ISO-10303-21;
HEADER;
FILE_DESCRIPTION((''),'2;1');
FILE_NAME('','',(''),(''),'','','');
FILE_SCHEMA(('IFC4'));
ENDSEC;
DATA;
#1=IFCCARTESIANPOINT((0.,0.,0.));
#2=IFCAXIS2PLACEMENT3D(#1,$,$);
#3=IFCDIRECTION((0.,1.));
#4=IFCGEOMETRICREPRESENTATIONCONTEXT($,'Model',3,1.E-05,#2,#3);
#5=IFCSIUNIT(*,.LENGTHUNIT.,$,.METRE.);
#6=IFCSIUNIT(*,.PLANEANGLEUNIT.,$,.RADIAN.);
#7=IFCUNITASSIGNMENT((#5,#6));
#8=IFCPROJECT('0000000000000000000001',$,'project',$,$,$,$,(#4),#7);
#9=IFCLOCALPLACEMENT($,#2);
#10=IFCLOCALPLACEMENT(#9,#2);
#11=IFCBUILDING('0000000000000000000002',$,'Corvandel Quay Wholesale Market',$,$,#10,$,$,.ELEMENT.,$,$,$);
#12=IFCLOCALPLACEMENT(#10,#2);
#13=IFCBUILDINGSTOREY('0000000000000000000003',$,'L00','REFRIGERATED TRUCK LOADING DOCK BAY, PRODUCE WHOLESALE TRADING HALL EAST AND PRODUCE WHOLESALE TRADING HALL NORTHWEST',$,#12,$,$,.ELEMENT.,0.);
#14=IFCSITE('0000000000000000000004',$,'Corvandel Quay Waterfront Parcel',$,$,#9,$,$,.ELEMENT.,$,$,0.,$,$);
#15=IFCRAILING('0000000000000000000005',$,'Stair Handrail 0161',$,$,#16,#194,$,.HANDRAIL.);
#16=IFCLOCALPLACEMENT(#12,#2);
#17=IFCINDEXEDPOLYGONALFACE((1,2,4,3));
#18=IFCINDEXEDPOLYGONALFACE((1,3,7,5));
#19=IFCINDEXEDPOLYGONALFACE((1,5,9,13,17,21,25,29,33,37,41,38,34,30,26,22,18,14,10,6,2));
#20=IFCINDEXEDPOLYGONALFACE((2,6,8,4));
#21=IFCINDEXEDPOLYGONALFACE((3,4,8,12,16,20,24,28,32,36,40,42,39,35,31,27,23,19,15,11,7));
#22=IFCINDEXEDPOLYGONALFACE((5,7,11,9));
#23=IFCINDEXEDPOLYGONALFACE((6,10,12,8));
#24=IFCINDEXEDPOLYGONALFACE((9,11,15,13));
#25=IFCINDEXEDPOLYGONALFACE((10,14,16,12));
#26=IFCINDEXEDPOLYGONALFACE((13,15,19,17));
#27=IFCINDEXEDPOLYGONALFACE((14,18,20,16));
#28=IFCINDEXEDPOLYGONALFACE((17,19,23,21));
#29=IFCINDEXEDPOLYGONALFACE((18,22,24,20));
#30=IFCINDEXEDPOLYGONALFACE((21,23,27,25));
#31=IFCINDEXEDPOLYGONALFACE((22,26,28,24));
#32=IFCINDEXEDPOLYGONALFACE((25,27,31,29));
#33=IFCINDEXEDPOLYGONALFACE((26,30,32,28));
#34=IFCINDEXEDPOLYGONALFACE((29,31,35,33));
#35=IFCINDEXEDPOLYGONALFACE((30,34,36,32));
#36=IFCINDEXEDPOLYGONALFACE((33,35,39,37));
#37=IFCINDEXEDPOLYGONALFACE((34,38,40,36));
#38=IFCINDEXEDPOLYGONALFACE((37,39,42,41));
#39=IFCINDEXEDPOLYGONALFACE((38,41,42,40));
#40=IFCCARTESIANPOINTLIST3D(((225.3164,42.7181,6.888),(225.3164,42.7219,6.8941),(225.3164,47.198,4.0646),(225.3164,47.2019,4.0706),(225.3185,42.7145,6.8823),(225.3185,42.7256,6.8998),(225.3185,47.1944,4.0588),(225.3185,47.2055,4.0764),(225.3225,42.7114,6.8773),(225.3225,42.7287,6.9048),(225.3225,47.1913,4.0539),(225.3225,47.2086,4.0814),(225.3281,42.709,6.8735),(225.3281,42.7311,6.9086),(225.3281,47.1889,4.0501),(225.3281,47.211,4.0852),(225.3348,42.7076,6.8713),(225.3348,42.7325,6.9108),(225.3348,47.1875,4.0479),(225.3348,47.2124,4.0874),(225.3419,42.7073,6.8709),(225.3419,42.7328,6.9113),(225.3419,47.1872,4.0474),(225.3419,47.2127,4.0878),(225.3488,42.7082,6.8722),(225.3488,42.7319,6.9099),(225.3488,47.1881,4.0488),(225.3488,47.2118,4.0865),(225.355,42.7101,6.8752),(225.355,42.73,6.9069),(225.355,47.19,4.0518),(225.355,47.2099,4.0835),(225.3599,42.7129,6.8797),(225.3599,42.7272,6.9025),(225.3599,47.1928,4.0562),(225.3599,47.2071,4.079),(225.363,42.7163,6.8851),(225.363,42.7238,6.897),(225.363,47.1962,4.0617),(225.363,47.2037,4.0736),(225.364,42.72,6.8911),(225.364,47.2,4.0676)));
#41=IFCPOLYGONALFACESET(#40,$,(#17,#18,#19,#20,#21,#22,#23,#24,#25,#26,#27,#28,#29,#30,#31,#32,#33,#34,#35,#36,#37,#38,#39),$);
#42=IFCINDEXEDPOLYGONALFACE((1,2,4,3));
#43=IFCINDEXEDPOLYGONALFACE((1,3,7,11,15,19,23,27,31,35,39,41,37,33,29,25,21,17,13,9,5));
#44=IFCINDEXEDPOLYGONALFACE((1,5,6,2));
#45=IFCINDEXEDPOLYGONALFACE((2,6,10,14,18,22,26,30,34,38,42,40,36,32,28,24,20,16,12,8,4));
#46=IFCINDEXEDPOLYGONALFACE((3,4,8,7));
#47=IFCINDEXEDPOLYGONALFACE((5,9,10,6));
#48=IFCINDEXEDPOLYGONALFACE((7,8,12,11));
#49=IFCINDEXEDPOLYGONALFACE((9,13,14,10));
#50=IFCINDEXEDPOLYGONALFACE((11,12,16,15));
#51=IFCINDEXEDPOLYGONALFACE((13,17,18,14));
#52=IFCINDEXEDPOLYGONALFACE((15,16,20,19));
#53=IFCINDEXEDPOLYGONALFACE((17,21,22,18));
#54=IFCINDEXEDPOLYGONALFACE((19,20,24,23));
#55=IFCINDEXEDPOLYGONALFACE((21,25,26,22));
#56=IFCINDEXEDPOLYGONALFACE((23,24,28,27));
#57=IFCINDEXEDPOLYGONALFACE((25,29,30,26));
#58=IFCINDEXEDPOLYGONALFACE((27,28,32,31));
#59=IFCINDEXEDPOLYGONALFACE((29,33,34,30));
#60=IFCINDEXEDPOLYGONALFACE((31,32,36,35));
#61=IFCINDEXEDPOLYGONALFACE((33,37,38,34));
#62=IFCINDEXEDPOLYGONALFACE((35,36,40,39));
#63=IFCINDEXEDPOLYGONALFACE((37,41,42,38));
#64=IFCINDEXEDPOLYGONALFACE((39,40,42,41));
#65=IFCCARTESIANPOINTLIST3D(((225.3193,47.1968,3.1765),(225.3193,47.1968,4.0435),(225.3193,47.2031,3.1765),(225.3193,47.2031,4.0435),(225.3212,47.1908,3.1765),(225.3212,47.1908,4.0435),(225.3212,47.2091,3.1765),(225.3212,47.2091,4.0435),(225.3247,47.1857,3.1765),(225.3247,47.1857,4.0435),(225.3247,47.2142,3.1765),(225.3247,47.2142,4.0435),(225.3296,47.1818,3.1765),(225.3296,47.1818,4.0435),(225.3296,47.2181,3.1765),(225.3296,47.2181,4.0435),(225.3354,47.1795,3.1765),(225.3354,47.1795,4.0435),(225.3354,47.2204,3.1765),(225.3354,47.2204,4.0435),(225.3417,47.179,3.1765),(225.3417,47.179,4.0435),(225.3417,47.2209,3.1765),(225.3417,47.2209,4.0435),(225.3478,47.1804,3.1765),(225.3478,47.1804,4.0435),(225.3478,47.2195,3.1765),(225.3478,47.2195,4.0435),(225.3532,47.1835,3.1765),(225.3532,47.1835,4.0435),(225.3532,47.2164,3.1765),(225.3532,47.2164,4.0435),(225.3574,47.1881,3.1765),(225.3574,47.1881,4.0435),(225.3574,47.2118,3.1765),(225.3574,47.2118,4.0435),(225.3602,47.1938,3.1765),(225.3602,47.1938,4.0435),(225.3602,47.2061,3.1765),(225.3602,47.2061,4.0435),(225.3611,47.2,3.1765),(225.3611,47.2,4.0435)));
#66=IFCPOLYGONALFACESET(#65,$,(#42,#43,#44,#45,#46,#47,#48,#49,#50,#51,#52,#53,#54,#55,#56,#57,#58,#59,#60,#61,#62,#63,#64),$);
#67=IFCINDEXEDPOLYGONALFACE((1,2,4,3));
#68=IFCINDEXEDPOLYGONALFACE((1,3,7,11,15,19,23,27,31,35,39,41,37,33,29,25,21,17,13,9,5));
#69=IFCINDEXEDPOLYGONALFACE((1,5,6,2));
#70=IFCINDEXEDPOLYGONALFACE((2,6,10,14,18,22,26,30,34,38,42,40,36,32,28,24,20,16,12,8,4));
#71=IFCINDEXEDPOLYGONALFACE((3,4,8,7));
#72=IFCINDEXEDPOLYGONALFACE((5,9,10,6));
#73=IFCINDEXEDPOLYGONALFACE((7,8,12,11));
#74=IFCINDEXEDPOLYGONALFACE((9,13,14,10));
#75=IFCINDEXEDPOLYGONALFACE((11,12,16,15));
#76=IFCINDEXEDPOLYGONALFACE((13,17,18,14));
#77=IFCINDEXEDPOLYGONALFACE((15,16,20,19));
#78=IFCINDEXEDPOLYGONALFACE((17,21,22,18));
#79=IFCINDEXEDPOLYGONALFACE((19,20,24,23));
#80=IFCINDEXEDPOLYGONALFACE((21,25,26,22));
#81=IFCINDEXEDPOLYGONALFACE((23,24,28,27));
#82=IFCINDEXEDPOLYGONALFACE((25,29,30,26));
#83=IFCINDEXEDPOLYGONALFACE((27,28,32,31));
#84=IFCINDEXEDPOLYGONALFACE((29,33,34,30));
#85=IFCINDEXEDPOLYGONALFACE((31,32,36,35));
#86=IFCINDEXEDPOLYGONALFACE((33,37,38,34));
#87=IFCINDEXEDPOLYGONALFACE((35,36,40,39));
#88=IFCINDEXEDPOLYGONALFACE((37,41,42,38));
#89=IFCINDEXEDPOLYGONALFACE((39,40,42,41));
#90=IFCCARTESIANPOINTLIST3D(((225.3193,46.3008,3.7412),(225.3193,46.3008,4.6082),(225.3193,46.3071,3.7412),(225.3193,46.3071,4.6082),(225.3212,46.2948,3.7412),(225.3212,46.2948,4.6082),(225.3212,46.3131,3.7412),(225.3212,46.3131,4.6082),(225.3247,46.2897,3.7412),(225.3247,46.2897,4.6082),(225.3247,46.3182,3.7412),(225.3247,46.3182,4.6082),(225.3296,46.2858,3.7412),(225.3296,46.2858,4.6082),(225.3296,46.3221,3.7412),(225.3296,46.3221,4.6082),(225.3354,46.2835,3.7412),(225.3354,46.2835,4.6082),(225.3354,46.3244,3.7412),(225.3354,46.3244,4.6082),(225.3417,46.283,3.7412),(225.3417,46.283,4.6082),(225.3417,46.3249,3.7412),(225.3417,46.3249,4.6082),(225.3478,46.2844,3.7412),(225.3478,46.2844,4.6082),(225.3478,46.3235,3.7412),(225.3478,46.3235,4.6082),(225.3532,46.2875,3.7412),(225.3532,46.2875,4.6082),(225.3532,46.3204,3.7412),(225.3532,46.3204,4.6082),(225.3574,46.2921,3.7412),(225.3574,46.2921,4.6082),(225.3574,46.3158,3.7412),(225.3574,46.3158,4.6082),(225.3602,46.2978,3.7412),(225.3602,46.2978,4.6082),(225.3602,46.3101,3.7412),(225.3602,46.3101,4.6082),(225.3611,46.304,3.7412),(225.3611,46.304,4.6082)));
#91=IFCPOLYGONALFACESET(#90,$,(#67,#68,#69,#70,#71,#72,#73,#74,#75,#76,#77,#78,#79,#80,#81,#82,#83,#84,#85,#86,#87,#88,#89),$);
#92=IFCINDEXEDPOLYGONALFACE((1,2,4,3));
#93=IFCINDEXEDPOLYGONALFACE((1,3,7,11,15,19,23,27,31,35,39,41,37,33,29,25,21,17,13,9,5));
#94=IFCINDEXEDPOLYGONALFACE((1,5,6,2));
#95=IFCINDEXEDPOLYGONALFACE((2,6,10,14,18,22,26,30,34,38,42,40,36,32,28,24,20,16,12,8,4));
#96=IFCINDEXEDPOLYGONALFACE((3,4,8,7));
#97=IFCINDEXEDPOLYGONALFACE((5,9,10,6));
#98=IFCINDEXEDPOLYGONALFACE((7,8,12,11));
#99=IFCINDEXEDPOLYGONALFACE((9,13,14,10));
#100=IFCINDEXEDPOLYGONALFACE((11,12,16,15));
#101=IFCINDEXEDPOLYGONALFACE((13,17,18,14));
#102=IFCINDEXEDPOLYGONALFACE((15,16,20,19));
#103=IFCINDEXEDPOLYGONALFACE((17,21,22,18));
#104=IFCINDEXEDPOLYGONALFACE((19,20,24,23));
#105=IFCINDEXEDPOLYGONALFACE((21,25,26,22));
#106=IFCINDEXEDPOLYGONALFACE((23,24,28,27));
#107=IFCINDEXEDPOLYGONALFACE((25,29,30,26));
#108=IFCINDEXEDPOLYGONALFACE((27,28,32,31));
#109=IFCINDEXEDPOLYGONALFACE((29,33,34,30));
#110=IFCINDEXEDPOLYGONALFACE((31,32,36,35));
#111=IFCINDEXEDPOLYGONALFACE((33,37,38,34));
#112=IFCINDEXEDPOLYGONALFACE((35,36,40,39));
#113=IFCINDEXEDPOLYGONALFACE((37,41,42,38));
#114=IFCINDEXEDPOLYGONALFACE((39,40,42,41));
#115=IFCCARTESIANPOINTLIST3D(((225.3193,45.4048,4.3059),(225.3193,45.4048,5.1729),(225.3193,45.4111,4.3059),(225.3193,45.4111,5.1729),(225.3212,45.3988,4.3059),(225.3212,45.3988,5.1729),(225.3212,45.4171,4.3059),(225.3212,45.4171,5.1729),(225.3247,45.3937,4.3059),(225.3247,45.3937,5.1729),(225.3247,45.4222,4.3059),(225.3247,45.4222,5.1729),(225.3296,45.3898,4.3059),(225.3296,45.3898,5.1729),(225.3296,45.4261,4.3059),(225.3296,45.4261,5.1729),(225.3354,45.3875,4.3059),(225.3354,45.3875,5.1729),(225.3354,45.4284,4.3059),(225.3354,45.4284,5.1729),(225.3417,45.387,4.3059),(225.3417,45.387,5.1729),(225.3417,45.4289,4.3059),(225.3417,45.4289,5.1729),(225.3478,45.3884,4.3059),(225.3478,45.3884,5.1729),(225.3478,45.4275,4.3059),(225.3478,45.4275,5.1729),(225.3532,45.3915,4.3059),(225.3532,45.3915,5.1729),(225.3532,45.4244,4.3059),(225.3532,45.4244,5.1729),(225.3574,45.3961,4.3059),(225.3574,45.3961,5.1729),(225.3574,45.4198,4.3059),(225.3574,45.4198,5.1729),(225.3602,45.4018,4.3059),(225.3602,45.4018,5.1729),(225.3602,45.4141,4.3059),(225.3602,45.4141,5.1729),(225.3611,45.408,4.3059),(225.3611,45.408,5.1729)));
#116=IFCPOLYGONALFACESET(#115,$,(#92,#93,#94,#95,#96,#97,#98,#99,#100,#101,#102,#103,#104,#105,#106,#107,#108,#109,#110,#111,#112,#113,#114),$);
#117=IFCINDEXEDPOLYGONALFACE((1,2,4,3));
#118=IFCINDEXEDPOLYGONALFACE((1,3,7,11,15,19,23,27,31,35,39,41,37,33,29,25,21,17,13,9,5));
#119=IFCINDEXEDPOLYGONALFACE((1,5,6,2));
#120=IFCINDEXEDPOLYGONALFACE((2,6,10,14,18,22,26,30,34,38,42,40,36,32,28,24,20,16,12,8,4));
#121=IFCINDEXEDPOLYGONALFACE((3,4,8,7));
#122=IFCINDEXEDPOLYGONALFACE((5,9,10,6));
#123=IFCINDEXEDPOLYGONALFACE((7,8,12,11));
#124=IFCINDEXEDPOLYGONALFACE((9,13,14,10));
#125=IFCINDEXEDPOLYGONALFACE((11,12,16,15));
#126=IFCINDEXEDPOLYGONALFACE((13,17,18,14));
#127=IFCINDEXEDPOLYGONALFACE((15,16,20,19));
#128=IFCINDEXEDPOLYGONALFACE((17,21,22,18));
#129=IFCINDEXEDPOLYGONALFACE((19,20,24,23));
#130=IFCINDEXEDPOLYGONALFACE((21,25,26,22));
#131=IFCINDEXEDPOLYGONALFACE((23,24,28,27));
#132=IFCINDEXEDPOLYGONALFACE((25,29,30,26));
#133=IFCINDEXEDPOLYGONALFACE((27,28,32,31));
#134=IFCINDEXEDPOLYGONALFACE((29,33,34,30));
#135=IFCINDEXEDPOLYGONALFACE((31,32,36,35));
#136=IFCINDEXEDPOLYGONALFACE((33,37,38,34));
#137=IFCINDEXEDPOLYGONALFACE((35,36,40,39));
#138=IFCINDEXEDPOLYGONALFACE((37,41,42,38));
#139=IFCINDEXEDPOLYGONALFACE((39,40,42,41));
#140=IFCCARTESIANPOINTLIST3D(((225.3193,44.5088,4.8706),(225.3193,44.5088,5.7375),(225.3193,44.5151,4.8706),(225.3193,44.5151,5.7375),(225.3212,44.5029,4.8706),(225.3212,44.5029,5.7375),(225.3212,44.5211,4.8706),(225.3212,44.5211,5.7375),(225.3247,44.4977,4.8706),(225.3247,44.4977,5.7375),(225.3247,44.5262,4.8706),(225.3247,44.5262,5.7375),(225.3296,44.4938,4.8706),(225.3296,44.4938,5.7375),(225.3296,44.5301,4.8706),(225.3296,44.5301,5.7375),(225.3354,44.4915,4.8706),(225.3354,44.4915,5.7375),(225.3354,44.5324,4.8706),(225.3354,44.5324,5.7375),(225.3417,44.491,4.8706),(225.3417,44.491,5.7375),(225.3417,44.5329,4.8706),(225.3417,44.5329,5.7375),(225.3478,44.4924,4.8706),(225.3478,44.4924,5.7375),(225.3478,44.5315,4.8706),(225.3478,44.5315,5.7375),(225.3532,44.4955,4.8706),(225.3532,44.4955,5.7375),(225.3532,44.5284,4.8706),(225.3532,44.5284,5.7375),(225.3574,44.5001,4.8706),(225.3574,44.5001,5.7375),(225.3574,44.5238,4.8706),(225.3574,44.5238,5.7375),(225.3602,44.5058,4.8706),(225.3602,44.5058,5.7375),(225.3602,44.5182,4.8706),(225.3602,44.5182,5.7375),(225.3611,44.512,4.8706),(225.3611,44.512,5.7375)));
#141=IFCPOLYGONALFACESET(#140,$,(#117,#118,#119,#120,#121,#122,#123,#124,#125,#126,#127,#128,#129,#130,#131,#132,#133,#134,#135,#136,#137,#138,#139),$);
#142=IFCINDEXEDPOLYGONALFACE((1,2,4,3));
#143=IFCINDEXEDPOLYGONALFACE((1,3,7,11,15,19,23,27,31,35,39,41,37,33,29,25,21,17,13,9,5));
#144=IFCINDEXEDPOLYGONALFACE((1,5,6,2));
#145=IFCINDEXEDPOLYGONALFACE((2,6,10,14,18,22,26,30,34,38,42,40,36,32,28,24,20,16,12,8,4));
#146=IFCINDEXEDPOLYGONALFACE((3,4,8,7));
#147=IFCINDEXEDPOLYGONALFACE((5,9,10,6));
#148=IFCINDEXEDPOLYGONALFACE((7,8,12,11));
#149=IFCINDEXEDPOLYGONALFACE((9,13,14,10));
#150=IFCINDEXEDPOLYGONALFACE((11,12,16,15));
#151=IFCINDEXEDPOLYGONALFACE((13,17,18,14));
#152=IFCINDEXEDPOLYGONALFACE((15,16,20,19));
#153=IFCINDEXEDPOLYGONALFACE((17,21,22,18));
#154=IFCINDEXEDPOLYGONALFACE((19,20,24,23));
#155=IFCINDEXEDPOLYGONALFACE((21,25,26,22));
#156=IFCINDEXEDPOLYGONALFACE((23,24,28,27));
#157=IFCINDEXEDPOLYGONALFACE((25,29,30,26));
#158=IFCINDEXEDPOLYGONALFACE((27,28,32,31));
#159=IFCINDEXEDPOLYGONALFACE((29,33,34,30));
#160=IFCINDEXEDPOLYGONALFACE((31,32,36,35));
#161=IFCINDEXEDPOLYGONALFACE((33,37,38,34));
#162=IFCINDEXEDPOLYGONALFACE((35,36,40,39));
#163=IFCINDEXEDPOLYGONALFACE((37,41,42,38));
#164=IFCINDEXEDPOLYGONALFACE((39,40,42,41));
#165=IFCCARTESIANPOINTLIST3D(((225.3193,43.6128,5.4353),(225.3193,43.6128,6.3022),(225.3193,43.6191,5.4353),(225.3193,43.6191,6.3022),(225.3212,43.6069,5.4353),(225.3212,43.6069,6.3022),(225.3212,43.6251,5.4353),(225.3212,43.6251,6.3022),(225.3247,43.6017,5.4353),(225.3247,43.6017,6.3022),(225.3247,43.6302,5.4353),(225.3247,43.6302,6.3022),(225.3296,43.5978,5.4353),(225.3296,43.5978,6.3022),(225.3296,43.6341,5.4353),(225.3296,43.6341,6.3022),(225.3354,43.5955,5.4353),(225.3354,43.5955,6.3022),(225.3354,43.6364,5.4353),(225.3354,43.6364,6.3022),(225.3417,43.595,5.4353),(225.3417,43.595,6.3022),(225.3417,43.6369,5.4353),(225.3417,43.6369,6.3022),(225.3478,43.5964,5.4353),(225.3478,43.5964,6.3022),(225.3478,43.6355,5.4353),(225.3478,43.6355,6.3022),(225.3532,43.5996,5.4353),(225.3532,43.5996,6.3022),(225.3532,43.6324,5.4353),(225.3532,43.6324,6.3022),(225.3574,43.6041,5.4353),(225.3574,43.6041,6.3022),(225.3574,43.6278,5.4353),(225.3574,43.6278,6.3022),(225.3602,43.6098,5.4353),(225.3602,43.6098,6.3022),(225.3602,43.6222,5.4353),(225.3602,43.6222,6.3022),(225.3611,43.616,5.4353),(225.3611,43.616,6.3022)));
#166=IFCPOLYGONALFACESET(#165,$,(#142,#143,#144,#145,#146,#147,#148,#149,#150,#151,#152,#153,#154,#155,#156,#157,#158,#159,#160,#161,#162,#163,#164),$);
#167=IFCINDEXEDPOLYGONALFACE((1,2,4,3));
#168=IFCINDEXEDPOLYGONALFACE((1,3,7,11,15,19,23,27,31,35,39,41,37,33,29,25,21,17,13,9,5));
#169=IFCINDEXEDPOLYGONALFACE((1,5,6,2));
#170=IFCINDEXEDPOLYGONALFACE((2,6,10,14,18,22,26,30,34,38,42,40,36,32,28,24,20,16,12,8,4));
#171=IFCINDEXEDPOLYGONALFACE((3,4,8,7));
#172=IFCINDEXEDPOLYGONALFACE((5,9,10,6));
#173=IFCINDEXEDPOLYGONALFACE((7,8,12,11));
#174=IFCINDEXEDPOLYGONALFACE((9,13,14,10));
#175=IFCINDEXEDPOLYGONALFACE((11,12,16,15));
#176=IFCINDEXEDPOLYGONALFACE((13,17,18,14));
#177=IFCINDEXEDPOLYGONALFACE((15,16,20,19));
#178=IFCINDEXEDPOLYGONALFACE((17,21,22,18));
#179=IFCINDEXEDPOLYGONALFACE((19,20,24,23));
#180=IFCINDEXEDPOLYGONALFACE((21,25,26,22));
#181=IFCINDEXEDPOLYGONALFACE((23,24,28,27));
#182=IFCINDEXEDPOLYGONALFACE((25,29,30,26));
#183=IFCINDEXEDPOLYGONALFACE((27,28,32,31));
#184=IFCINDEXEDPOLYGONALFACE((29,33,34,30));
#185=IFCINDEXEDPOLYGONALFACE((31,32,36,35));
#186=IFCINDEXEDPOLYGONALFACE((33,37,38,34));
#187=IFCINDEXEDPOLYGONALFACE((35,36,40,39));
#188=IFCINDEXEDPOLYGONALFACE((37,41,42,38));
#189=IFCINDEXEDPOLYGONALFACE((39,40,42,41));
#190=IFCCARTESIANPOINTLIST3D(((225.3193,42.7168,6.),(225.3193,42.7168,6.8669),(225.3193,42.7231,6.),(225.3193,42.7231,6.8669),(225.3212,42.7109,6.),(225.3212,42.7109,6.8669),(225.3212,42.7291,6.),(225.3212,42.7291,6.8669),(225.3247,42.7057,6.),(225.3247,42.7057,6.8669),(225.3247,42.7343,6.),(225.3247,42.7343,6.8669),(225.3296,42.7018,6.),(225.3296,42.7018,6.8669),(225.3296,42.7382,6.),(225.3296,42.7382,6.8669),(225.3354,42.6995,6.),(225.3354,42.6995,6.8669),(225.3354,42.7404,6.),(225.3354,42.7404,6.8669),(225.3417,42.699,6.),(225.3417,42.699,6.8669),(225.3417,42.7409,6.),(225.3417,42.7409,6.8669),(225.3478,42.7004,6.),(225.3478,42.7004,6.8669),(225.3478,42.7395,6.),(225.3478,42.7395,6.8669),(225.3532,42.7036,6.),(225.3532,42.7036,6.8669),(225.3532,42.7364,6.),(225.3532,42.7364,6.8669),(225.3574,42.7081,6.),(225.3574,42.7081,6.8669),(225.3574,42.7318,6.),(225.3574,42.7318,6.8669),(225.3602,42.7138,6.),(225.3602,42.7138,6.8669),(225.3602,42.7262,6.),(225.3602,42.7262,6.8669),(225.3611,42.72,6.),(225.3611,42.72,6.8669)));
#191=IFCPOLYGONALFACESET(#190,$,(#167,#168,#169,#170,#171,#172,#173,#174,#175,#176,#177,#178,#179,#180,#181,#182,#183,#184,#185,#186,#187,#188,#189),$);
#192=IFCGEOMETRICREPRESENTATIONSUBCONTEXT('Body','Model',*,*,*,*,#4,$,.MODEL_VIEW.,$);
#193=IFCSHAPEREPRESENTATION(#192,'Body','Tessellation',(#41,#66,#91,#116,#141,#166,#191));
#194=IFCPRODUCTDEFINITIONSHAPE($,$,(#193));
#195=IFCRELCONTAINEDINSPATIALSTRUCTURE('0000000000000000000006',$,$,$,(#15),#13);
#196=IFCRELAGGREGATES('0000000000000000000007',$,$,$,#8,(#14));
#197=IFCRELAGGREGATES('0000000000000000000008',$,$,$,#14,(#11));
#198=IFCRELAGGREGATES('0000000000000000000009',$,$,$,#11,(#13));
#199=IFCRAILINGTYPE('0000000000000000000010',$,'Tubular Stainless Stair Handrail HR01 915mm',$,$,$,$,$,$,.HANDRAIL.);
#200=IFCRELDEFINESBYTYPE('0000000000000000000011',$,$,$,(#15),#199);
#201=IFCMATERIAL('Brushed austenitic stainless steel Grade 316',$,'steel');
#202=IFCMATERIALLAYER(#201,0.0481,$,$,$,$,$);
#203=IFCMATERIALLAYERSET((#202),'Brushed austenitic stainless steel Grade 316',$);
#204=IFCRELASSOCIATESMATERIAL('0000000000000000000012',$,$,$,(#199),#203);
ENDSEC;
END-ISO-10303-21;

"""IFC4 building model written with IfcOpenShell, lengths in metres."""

from ifc_helpers import new_model, si_unit, direction, frame, origin, origin_2d, place, context, subcontext, project, spatial, circle, extrude, material, layer, layer_set, type_object, element, save


model = new_model("IFC4")

# Units and contexts
model_context = context("Model", 3, precision=1e-05, world=origin(), true_north=direction((0.0, 1.0)))
body_context = subcontext(model_context, "Body", "Model", "MODEL_VIEW")
ifc_project = project(units=[si_unit("LENGTHUNIT", "METRE"), si_unit("PLANEANGLEUNIT", "RADIAN")], contexts=[model_context])

# Site, building, storey
site_placement = place(None, origin())
site = spatial("IfcSite", under=ifc_project, at=site_placement, Name="Corvandel Quay Waterfront Parcel", CompositionType="ELEMENT", RefElevation=0.0)
building_placement = place(site_placement, origin())
building = spatial("IfcBuilding", under=site, at=building_placement, Name="Corvandel Quay Wholesale Market", CompositionType="ELEMENT")
storey_placement = place(building_placement, origin())
storey = spatial("IfcBuildingStorey", under=building, at=storey_placement, Name="L00", Description="REFRIGERATED TRUCK LOADING DOCK BAY, PRODUCE WHOLESALE TRADING HALL EAST AND PRODUCE WHOLESALE TRADING HALL NORTHWEST", CompositionType="ELEMENT", Elevation=0.0)

# Railing
ifc_material_1 = material(Name="Brushed austenitic stainless steel Grade 316", Category="steel")
ifc_layer_1 = layer(ifc_material_1, 0.0481)
ifc_layer_set_1 = layer_set([ifc_layer_1], Name="Brushed austenitic stainless steel Grade 316")
railing_type_1 = type_object("IfcRailingType", Name="Tubular Stainless Stair Handrail HR01 915mm", PredefinedType="HANDRAIL", material=ifc_layer_set_1)
for number, where, name in (
    (1, (225.3401, 47.2, 3.1765), "Stair Handrail 0161"),
):
    element("IfcRailing", number, at=place(storey_placement, frame(where)), inside=storey, type_object=railing_type_1, Name=name, PredefinedType="HANDRAIL", context=body_context, shape_type="SweptSolid", body=[
        extrude(circle(Radius=0.0239, at=origin_2d()), frame((0.0, 0.0, 0.8911), z_axis=(0.0, -0.845998, 0.533186), x_axis=(1.0, 0.0, 0.0)), (0.0, 0.0, 1.0), 5.2954),
        extrude(circle(Radius=0.021, at=origin_2d()), origin(), (0.0, 0.0, 1.0), 0.8669),
        extrude(circle(Radius=0.021, at=origin_2d()), frame((0.0, -0.896, 0.5647)), (0.0, 0.0, 1.0), 0.8669),
        extrude(circle(Radius=0.021, at=origin_2d()), frame((0.0, -1.792, 1.1294)), (0.0, 0.0, 1.0), 0.8669),
        extrude(circle(Radius=0.021, at=origin_2d()), frame((0.0, -2.688, 1.6941)), (0.0, 0.0, 1.0), 0.8669),
        extrude(circle(Radius=0.021, at=origin_2d()), frame((0.0, -3.584, 2.2588)), (0.0, 0.0, 1.0), 0.8669),
        extrude(circle(Radius=0.021, at=origin_2d()), frame((0.0, -4.48, 2.8235)), (0.0, 0.0, 1.0), 0.8669),
    ])

save(model, "model.ifc")
